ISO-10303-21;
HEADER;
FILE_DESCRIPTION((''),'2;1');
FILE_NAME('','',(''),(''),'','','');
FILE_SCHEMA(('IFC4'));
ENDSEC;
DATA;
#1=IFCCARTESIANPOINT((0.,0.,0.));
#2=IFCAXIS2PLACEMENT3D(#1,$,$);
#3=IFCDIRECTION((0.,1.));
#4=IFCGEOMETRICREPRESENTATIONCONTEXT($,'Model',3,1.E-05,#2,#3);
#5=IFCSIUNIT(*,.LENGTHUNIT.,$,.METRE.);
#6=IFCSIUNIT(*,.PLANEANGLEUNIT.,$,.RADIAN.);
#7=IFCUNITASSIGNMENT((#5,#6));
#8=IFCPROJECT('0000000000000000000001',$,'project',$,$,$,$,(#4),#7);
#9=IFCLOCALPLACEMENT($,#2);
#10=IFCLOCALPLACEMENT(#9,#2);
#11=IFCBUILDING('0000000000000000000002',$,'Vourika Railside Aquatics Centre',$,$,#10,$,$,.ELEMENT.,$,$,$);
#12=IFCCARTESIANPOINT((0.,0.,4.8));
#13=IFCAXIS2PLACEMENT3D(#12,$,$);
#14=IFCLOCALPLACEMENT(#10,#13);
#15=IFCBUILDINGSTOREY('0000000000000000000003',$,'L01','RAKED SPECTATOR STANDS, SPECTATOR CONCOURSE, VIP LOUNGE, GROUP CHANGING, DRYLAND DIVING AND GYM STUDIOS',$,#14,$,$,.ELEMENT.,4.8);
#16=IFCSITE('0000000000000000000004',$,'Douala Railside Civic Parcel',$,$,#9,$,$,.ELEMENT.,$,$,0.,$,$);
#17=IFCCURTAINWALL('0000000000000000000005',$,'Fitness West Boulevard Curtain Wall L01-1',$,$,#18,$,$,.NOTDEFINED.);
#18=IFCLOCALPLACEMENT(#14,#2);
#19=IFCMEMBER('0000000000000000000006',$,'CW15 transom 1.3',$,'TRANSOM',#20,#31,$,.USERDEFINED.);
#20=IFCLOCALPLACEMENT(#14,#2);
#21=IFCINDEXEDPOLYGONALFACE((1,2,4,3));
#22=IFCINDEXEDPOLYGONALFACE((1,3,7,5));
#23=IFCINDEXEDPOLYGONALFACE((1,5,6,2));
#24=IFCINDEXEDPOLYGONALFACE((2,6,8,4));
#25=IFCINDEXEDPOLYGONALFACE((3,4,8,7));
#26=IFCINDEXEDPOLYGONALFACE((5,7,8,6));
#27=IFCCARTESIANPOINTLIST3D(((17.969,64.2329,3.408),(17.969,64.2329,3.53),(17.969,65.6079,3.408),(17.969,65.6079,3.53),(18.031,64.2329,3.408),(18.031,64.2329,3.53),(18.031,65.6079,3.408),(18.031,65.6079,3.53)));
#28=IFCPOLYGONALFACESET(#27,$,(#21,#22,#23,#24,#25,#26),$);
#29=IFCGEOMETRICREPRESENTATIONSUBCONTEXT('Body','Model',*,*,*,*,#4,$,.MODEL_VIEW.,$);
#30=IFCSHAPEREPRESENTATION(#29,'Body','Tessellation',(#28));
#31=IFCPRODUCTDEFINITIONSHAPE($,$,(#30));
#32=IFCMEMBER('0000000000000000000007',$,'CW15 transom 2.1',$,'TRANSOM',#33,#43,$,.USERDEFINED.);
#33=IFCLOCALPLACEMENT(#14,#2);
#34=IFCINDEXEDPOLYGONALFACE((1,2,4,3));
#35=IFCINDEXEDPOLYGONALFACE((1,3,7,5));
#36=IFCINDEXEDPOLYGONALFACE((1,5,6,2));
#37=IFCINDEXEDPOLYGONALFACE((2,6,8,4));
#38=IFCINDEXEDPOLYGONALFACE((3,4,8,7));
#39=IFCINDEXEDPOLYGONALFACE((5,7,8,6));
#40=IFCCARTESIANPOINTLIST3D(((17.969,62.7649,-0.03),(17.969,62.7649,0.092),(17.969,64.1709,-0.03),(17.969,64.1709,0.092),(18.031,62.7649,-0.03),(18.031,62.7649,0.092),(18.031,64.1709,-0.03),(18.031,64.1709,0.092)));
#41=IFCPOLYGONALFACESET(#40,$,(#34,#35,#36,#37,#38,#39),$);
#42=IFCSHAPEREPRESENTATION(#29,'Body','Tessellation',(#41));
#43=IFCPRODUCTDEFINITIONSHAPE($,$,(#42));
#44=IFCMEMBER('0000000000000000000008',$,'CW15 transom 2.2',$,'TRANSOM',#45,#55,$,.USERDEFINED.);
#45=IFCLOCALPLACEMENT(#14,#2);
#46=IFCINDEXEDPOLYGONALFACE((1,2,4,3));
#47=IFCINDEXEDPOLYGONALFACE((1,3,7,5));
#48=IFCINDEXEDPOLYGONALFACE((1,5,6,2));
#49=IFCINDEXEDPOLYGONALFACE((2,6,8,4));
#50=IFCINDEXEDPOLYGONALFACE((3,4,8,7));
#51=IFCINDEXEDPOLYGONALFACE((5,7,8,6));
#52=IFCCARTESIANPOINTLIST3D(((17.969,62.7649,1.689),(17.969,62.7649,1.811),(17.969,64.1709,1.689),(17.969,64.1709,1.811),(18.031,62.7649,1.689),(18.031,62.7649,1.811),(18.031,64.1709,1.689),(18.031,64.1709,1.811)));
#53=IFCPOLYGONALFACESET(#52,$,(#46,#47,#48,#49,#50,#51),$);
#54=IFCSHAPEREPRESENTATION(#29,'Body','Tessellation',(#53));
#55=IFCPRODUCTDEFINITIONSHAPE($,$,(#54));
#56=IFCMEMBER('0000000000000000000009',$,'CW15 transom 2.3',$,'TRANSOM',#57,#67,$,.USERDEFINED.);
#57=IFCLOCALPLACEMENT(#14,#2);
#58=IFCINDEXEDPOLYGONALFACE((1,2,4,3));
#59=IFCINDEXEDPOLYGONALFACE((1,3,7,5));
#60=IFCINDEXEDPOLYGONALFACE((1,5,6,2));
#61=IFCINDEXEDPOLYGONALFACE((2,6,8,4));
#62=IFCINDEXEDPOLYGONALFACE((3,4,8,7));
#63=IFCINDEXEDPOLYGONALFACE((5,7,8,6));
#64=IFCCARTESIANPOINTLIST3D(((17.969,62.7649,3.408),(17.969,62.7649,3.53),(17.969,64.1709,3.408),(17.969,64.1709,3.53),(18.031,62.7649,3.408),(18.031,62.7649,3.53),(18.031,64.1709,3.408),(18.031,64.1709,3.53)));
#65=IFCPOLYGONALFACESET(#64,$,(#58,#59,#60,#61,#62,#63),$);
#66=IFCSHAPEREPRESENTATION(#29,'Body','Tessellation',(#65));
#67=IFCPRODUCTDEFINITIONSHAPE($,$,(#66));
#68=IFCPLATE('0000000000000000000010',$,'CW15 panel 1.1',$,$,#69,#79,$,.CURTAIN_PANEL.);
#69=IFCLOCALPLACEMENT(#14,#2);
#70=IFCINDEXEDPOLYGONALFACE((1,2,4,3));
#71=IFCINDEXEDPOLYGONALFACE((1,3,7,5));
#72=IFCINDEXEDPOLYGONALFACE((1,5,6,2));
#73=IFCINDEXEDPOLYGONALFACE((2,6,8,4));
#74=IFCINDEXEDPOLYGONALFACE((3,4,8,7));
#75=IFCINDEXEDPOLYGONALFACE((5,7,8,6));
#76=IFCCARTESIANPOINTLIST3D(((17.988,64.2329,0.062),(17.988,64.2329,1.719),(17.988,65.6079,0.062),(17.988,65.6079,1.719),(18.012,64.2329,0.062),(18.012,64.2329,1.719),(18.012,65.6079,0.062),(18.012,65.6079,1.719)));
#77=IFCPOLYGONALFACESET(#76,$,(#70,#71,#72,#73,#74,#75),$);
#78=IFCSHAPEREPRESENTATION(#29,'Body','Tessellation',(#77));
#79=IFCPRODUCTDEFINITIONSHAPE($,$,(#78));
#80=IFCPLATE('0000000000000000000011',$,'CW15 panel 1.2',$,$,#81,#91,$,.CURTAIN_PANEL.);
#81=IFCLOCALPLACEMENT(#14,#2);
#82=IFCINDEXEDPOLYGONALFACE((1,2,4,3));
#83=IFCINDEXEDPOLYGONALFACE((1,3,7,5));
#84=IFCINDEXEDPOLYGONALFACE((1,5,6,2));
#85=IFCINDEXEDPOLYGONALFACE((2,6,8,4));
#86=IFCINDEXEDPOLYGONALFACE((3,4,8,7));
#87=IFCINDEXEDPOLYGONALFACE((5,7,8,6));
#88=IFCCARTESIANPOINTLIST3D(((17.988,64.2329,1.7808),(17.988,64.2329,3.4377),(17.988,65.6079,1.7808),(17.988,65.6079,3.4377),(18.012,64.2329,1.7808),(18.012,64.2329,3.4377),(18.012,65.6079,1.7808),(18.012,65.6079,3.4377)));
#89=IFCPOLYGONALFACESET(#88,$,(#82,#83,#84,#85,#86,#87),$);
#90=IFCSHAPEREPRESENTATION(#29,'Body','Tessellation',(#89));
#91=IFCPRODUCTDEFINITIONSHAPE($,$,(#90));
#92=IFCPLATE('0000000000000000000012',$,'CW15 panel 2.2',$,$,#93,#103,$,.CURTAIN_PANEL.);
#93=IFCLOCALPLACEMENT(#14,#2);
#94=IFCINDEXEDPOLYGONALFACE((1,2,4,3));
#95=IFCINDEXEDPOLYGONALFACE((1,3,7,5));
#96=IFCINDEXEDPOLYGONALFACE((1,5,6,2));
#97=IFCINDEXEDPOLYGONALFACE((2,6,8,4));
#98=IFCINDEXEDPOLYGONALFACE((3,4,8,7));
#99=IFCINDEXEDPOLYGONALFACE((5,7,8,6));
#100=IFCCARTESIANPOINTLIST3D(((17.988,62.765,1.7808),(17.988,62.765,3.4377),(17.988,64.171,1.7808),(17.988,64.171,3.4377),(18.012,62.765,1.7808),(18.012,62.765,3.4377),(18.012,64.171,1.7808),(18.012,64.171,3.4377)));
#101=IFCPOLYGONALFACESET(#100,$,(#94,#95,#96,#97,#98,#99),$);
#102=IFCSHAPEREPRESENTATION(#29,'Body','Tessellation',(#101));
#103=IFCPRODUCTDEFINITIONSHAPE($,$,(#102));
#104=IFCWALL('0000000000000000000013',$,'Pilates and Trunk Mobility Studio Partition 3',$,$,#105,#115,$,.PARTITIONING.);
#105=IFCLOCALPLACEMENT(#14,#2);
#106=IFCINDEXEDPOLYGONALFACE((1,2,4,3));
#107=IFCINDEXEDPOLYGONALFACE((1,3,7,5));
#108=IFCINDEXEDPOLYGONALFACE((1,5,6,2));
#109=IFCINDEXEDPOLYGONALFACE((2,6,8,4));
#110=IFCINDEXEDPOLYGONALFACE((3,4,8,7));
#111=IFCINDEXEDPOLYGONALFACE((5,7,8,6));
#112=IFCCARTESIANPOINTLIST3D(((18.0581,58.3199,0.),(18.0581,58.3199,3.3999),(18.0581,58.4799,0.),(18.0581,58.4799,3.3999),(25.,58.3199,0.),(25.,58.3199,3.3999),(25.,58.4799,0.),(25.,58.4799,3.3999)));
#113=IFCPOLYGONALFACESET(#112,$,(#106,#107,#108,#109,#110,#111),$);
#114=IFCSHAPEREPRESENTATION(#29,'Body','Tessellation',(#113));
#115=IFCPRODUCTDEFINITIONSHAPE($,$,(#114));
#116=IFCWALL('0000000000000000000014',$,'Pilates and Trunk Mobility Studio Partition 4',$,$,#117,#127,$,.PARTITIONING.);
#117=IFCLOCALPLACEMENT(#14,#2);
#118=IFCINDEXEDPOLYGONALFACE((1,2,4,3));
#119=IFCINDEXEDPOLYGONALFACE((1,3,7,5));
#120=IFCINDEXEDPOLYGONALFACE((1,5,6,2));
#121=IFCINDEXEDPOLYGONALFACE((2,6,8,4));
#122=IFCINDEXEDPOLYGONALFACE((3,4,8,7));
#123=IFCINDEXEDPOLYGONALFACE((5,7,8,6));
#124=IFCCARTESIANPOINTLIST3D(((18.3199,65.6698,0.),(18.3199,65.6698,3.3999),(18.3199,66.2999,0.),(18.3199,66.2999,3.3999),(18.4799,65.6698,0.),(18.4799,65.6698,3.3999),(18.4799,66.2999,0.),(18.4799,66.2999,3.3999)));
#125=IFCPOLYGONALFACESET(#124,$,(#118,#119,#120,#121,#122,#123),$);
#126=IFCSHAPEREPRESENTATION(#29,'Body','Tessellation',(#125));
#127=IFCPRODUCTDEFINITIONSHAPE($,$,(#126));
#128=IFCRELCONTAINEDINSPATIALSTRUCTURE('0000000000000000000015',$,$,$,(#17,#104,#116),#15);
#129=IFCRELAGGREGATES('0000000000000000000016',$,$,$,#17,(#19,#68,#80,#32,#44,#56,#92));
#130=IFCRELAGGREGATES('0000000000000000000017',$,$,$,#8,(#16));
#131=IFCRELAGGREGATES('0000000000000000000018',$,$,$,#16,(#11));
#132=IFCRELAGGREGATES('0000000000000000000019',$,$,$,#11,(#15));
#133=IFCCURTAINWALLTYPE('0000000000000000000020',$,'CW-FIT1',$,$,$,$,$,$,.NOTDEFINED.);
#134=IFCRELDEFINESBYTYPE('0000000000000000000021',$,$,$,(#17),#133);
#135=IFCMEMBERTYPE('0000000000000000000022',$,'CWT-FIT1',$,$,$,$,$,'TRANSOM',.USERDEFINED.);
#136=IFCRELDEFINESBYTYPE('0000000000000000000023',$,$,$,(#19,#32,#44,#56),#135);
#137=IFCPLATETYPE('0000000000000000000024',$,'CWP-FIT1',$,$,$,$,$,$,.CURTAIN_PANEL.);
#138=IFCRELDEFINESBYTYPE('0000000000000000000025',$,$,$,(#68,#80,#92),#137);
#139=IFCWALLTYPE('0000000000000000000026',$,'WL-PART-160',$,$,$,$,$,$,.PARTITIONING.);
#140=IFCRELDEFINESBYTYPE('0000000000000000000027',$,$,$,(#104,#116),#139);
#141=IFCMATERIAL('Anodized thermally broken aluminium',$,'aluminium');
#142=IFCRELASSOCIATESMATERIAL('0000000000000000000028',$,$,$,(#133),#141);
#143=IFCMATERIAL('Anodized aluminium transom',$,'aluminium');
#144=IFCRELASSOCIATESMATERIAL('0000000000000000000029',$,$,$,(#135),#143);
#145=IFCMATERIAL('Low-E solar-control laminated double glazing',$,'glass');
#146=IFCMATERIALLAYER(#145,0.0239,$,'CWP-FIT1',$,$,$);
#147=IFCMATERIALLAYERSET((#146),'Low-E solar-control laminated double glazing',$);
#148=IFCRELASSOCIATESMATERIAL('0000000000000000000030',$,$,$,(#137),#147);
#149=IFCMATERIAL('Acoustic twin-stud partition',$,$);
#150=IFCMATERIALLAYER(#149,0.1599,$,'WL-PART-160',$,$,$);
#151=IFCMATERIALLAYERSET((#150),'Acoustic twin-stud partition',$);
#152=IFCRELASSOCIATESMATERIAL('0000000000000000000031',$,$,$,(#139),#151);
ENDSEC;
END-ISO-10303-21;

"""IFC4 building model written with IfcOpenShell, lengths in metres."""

from ifc_helpers import new_model, si_unit, direction, frame, frame_2d, origin, origin_2d, place, context, subcontext, project, spatial, rectangle, extrude, material, layer, layer_set, material_profile, profile_set, type_object, element, aggregate, save


model = new_model("IFC4")

# Units and contexts
model_context = context("Model", 3, precision=1e-05, world=origin(), true_north=direction((0.0, 1.0)))
body_context = subcontext(model_context, "Body", "Model", "MODEL_VIEW")
ifc_project = project(units=[si_unit("LENGTHUNIT", "METRE"), si_unit("PLANEANGLEUNIT", "RADIAN")], contexts=[model_context])

# Site, building, storey
site_placement = place(None, origin())
site = spatial("IfcSite", under=ifc_project, at=site_placement, Name="Douala Railside Civic Parcel", CompositionType="ELEMENT", RefElevation=0.0)
building_placement = place(site_placement, origin())
building = spatial("IfcBuilding", under=site, at=building_placement, Name="Vourika Railside Aquatics Centre", CompositionType="ELEMENT")
storey_placement = place(building_placement, frame((0.0, 0.0, 4.8)))
storey = spatial("IfcBuildingStorey", under=building, at=storey_placement, Name="L01", Description="RAKED SPECTATOR STANDS, SPECTATOR CONCOURSE, VIP LOUNGE, GROUP CHANGING, DRYLAND DIVING AND GYM STUDIOS", CompositionType="ELEMENT", Elevation=4.8)

# Curtain wall, members, plates
ifc_material_1 = material(Name="Anodized thermally broken aluminium", Category="aluminium")
curtain_wall_type = type_object("IfcCurtainWallType", Name="CW-FIT1", PredefinedType="NOTDEFINED", material=ifc_material_1)
curtain_wall_placement = place(storey_placement, origin())
curtain_wall = element("IfcCurtainWall", 1, at=curtain_wall_placement, inside=storey, type_object=curtain_wall_type, Name="Fitness West Boulevard Curtain Wall L01-1", PredefinedType="NOTDEFINED")
ifc_material_2 = material(Name="Anodized aluminium transom", Category="aluminium")
ifc_material_profile_1 = material_profile(ifc_material_2, rectangle(XDim=0.062, YDim=0.1221, at=origin_2d()), Name="ALU-T 62x122")
ifc_profile_set_1 = profile_set([ifc_material_profile_1], Name="Anodized aluminium transom")
member_type_1 = type_object("IfcMemberType", Name="CWT-FIT1", ElementType="TRANSOM", PredefinedType="USERDEFINED", material=ifc_profile_set_1)
member_1_placement = place(storey_placement, frame((18.0, 65.6079, 3.469), z_axis=(0.0, -1.0, 0.0), x_axis=(1.0, 0.0, 0.0)))
member_1 = element("IfcMember", 2, at=member_1_placement, type_object=member_type_1, Name="CW15 transom 1.3", ObjectType="TRANSOM", PredefinedType="USERDEFINED", context=body_context, shape_type="SweptSolid", body=[
    extrude(rectangle(XDim=0.062, YDim=0.1221, at=origin_2d()), origin(), (0.0, 0.0, 1.0), 1.375),
])
member_2_placement = place(storey_placement, frame((18.0, 64.1709, 0.031), z_axis=(0.0, -1.0, 0.0), x_axis=(1.0, 0.0, 0.0)))
member_2 = element("IfcMember", 3, at=member_2_placement, type_object=member_type_1, Name="CW15 transom 2.1", ObjectType="TRANSOM", PredefinedType="USERDEFINED", context=body_context, shape_type="SweptSolid", body=[
    extrude(rectangle(XDim=0.062, YDim=0.1221, at=origin_2d()), origin(), (0.0, 0.0, 1.0), 1.406),
])
member_3_placement = place(storey_placement, frame((18.0, 64.1709, 1.75), z_axis=(0.0, -1.0, 0.0), x_axis=(1.0, 0.0, 0.0)))
member_3 = element("IfcMember", 4, at=member_3_placement, type_object=member_type_1, Name="CW15 transom 2.2", ObjectType="TRANSOM", PredefinedType="USERDEFINED", context=body_context, shape_type="SweptSolid", body=[
    extrude(rectangle(XDim=0.062, YDim=0.1221, at=origin_2d()), origin(), (0.0, 0.0, 1.0), 1.406),
])
member_4_placement = place(storey_placement, frame((18.0, 64.1709, 3.469), z_axis=(0.0, -1.0, 0.0), x_axis=(1.0, 0.0, 0.0)))
member_4 = element("IfcMember", 5, at=member_4_placement, type_object=member_type_1, Name="CW15 transom 2.3", ObjectType="TRANSOM", PredefinedType="USERDEFINED", context=body_context, shape_type="SweptSolid", body=[
    extrude(rectangle(XDim=0.062, YDim=0.1221, at=origin_2d()), origin(), (0.0, 0.0, 1.0), 1.406),
])
ifc_material_3 = material(Name="Low-E solar-control laminated double glazing", Category="glass")
ifc_layer_1 = layer(ifc_material_3, 0.0239, Name="CWP-FIT1")
ifc_layer_set_1 = layer_set([ifc_layer_1], Name="Low-E solar-control laminated double glazing")
plate_type = type_object("IfcPlateType", Name="CWP-FIT1", PredefinedType="CURTAIN_PANEL", material=ifc_layer_set_1)
plate_1_placement = place(storey_placement, frame((18.0, 64.9204, 0.062), z_axis=(0.0, 0.0, 1.0), x_axis=(0.0, -1.0, 0.0)))
plate_1 = element("IfcPlate", 6, at=plate_1_placement, type_object=plate_type, Name="CW15 panel 1.1", PredefinedType="CURTAIN_PANEL", context=body_context, shape_type="SweptSolid", body=[
    extrude(rectangle(XDim=1.375, YDim=0.0239, at=origin_2d()), origin(), (0.0, 0.0, 1.0), 1.657),
])
plate_2_placement = place(storey_placement, frame((18.0, 64.9204, 1.7808), z_axis=(0.0, 0.0, 1.0), x_axis=(0.0, -1.0, 0.0)))
plate_2 = element("IfcPlate", 7, at=plate_2_placement, type_object=plate_type, Name="CW15 panel 1.2", PredefinedType="CURTAIN_PANEL", context=body_context, shape_type="SweptSolid", body=[
    extrude(rectangle(XDim=1.375, YDim=0.0239, at=origin_2d()), origin(), (0.0, 0.0, 1.0), 1.657),
])
plate_3_placement = place(storey_placement, frame((18.0, 63.468, 1.7808), z_axis=(0.0, 0.0, 1.0), x_axis=(0.0, -1.0, 0.0)))
plate_3 = element("IfcPlate", 8, at=plate_3_placement, type_object=plate_type, Name="CW15 panel 2.2", PredefinedType="CURTAIN_PANEL", context=body_context, shape_type="SweptSolid", body=[
    extrude(rectangle(XDim=1.406, YDim=0.0239, at=origin_2d()), origin(), (0.0, 0.0, 1.0), 1.657),
])
aggregate(curtain_wall, [member_1, plate_1, plate_2, member_2, member_3, member_4, plate_3])

# Walls
ifc_material_4 = material(Name="Acoustic twin-stud partition")
ifc_layer_2 = layer(ifc_material_4, 0.1599, Name="WL-PART-160")
ifc_layer_set_2 = layer_set([ifc_layer_2], Name="Acoustic twin-stud partition")
wall_type = type_object("IfcWallType", Name="WL-PART-160", PredefinedType="PARTITIONING", material=ifc_layer_set_2)
wall_1_placement = place(storey_placement, frame((25.0, 58.3999, 0.0), z_axis=(0.0, 0.0, 1.0), x_axis=(-1.0, 0.0, 0.0)))
element("IfcWall", 9, at=wall_1_placement, inside=storey, type_object=wall_type, Name="Pilates and Trunk Mobility Studio Partition 3", PredefinedType="PARTITIONING", context=body_context, shape_type="SweptSolid", body=[
    extrude(rectangle(XDim=6.9419, YDim=0.1599, at=frame_2d((3.4709, 0.0))), origin(), (0.0, 0.0, 1.0), 3.3999),
])
wall_2_placement = place(storey_placement, frame((18.3999, 65.6699, 0.0), z_axis=(0.0, 0.0, 1.0), x_axis=(0.0, 1.0, 0.0)))
element("IfcWall", 10, at=wall_2_placement, inside=storey, type_object=wall_type, Name="Pilates and Trunk Mobility Studio Partition 4", PredefinedType="PARTITIONING", context=body_context, shape_type="SweptSolid", body=[
    extrude(rectangle(XDim=0.6301, YDim=0.1599, at=frame_2d((0.3149, 0.0))), origin(), (0.0, 0.0, 1.0), 3.3999),
])

save(model, "model.ifc")
